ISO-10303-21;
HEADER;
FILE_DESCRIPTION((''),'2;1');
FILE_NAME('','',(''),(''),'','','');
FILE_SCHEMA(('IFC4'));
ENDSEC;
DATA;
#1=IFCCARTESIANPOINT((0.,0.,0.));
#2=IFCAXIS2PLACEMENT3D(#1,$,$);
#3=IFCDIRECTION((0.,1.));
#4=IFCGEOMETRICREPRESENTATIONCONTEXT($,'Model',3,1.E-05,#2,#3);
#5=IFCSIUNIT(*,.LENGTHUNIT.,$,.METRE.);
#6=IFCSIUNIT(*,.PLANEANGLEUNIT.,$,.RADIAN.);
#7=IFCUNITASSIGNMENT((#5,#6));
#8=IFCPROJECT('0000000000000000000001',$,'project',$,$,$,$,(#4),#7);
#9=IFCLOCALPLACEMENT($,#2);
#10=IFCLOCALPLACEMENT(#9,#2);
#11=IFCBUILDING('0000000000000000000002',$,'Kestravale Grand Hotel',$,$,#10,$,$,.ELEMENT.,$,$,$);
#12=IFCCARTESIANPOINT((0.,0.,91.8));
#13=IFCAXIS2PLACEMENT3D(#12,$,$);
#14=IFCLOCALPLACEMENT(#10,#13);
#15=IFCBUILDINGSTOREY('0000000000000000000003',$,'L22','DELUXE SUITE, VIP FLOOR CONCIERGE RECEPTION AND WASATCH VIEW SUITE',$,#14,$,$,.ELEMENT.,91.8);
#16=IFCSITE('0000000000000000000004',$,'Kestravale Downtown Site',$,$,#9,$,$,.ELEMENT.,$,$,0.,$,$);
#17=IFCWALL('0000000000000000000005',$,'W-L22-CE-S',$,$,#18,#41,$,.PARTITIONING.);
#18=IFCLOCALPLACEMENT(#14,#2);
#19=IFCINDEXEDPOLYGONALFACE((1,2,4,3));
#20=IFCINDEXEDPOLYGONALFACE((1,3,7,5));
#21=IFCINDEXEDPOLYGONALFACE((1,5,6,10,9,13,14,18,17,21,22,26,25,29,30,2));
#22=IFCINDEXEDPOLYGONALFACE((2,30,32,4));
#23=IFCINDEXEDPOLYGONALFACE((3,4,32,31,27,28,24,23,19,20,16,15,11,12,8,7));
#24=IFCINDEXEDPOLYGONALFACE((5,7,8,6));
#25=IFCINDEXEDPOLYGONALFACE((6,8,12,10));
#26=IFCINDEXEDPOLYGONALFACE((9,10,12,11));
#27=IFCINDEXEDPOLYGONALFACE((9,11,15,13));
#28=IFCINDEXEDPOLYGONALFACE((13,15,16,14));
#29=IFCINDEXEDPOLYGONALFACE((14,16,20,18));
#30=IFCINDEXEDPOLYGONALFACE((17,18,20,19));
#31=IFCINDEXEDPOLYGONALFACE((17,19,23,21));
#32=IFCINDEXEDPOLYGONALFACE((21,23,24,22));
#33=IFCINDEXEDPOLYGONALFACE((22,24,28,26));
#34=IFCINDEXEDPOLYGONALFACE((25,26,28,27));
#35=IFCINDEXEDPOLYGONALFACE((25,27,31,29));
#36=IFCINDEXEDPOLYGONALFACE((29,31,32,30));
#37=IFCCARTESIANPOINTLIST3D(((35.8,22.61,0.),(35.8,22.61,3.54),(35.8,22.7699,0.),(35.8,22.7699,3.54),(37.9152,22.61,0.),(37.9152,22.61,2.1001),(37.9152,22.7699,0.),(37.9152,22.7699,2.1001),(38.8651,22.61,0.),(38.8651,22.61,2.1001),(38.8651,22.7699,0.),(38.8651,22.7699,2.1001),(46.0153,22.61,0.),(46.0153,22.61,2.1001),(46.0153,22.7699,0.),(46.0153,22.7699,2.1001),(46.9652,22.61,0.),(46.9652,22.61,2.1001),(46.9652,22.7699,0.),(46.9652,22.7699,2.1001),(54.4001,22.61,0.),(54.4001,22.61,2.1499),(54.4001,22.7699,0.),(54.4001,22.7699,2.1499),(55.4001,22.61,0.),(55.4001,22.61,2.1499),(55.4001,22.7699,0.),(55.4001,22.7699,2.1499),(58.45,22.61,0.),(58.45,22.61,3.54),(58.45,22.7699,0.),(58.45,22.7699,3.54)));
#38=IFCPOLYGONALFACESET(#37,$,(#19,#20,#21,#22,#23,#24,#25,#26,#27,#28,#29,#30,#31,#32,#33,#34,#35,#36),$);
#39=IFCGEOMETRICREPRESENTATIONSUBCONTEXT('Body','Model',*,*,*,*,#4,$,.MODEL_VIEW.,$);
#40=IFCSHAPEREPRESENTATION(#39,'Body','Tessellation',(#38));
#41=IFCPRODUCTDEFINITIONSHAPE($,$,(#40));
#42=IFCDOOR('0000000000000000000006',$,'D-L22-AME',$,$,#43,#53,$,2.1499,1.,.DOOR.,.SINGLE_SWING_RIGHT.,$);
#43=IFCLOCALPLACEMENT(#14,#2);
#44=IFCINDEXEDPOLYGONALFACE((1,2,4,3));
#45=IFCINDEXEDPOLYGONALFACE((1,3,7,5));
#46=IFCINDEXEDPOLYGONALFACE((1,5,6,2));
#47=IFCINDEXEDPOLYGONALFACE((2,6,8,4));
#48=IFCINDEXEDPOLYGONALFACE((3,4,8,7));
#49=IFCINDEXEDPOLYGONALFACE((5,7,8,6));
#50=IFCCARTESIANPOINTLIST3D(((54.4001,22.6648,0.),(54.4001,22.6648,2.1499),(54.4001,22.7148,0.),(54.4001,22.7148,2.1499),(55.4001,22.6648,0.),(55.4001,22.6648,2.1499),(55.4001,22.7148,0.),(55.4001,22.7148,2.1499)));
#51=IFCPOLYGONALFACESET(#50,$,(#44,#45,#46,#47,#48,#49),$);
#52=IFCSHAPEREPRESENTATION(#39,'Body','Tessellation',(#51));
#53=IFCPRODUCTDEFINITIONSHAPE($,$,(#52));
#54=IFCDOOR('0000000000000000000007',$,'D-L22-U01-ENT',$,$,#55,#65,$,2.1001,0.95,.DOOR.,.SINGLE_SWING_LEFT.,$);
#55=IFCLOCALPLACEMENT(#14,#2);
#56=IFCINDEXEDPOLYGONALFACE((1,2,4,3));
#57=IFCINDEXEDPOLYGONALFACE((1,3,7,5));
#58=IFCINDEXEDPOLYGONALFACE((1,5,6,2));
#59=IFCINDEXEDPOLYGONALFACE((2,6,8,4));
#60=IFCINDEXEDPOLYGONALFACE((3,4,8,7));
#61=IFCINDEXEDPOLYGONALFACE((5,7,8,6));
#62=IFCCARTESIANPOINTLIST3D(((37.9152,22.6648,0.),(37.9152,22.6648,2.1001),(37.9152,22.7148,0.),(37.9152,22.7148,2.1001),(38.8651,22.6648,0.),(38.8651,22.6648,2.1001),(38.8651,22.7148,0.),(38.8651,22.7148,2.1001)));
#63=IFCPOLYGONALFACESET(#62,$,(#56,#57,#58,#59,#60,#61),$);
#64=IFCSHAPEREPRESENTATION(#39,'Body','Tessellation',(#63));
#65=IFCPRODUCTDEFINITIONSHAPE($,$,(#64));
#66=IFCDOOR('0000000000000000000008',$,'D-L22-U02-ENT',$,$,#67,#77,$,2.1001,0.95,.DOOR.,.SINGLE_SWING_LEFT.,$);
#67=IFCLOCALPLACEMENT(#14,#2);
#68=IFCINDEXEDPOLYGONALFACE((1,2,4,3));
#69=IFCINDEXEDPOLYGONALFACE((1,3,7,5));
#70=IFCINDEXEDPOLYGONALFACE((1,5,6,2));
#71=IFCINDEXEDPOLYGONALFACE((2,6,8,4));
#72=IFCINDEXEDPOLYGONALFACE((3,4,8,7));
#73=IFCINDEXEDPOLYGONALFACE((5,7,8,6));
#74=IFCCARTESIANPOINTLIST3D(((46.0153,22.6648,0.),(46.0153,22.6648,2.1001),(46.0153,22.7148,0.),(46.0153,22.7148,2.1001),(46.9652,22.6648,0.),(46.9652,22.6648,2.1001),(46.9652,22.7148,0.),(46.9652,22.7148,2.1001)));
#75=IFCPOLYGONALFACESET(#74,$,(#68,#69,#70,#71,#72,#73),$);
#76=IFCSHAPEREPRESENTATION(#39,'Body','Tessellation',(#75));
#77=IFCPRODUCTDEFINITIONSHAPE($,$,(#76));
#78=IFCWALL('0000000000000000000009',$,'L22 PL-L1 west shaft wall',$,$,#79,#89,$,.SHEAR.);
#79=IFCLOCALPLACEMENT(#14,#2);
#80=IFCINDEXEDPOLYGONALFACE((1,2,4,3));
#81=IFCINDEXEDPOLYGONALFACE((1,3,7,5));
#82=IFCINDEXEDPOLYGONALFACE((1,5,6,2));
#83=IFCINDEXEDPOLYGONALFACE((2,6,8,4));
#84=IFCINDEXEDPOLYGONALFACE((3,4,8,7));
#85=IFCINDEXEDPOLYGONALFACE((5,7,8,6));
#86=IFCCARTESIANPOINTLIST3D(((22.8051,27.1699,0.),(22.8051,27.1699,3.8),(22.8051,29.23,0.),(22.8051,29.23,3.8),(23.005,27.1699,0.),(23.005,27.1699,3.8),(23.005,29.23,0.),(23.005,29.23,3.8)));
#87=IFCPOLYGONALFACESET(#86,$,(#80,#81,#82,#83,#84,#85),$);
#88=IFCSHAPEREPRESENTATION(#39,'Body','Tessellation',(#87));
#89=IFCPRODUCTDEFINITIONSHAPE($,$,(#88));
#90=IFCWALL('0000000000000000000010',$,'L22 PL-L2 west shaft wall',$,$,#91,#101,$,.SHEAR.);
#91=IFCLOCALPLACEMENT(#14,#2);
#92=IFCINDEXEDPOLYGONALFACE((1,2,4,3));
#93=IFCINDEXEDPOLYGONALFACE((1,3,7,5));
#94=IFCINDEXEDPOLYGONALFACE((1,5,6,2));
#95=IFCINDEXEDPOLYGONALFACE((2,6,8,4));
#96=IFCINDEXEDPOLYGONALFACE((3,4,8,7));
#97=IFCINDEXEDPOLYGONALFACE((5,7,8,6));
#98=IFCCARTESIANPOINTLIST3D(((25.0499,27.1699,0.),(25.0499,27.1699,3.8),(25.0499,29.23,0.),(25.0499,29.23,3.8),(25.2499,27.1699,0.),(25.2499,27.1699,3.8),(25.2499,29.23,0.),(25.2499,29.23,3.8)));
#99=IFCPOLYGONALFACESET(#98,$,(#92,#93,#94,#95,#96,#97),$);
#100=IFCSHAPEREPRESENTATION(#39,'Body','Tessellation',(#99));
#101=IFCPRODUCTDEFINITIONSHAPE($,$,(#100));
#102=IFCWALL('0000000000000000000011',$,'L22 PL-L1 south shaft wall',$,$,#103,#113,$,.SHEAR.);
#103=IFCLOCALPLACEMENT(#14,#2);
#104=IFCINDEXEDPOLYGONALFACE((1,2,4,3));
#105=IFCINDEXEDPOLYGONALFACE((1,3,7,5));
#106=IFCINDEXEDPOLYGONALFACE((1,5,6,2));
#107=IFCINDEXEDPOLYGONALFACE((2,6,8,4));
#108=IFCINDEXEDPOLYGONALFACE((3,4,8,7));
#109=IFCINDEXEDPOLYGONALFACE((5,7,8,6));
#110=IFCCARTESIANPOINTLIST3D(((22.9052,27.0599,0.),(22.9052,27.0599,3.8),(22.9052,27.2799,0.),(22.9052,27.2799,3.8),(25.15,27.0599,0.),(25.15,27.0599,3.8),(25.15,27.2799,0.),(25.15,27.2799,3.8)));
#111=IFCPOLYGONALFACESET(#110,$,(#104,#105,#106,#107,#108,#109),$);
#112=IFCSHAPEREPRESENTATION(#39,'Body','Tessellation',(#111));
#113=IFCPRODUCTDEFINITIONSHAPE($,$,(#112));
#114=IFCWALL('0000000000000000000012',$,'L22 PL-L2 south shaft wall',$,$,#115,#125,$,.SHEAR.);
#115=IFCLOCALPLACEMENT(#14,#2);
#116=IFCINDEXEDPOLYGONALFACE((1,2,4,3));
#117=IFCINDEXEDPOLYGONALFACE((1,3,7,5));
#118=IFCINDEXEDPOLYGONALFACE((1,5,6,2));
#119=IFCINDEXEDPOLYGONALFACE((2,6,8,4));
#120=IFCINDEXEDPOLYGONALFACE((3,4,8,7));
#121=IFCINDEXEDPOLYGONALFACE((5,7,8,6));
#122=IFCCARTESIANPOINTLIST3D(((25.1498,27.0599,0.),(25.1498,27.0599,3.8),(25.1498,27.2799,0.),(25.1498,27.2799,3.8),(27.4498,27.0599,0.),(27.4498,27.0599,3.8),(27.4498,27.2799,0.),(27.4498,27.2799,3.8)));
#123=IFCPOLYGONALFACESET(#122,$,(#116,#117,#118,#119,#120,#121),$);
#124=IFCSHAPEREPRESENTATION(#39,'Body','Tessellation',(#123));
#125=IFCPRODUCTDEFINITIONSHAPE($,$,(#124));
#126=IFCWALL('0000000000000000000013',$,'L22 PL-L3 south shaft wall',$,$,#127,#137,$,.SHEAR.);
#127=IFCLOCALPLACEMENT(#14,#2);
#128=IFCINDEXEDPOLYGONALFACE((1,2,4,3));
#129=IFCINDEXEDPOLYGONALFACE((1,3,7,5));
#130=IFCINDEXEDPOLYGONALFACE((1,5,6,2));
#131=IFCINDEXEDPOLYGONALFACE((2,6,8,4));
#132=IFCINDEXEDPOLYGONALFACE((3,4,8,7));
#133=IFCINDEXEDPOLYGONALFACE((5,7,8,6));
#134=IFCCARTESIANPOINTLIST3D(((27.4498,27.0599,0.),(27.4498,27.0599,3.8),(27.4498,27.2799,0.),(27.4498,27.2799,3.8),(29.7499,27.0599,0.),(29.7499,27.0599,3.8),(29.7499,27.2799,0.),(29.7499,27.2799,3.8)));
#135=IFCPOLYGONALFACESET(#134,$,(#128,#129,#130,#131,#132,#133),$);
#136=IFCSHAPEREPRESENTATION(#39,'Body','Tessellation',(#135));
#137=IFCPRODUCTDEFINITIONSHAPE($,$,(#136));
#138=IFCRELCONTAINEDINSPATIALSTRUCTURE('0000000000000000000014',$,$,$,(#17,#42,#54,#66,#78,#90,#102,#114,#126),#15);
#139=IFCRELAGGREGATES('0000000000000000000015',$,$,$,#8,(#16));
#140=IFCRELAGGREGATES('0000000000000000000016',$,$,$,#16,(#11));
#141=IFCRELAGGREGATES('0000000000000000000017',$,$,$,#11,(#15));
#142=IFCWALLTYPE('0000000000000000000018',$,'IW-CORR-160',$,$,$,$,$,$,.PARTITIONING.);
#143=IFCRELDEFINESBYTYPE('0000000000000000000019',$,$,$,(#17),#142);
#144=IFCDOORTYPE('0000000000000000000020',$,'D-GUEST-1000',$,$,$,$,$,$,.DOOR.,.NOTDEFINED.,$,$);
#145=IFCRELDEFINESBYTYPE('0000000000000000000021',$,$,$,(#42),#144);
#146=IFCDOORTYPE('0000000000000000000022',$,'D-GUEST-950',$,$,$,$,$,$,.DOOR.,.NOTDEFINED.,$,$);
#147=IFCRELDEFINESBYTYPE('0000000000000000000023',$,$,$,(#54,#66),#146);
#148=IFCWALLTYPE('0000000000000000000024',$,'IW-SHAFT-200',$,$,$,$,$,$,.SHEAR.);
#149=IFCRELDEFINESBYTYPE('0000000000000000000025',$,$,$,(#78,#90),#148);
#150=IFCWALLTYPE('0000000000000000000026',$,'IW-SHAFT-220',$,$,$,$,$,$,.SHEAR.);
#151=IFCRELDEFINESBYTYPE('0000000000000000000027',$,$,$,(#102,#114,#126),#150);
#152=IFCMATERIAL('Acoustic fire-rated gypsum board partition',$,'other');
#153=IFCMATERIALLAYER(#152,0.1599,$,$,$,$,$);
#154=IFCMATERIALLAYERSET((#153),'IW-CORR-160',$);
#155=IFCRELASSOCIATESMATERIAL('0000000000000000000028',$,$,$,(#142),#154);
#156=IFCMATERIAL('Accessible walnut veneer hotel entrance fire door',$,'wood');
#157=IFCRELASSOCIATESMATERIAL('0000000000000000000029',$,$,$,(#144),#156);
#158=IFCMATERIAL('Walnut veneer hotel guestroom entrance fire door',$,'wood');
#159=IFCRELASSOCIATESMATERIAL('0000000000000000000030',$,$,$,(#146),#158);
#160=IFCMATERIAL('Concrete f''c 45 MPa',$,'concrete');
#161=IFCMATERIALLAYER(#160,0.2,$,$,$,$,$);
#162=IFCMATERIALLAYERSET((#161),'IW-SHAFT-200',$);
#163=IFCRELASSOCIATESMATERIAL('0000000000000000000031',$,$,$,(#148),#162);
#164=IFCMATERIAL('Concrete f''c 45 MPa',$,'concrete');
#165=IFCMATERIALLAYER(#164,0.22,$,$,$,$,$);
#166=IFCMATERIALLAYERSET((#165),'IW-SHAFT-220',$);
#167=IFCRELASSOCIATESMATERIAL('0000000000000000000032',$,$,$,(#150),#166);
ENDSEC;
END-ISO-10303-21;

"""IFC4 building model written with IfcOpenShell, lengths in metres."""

from ifc_helpers import new_model, si_unit, direction, frame, frame_2d, origin, place, context, subcontext, project, spatial, rectangle, extrude, material, layer, layer_set, type_object, element, fill, save


model = new_model("IFC4")

# Units and contexts
model_context = context("Model", 3, precision=1e-05, world=origin(), true_north=direction((0.0, 1.0)))
body_context = subcontext(model_context, "Body", "Model", "MODEL_VIEW")
ifc_project = project(units=[si_unit("LENGTHUNIT", "METRE"), si_unit("PLANEANGLEUNIT", "RADIAN")], contexts=[model_context])

# Site, building, storey
site_placement = place(None, origin())
site = spatial("IfcSite", under=ifc_project, at=site_placement, Name="Kestravale Downtown Site", CompositionType="ELEMENT", RefElevation=0.0)
building_placement = place(site_placement, origin())
building = spatial("IfcBuilding", under=site, at=building_placement, Name="Kestravale Grand Hotel", CompositionType="ELEMENT")
storey_placement = place(building_placement, frame((0.0, 0.0, 91.8)))
storey = spatial("IfcBuildingStorey", under=building, at=storey_placement, Name="L22", Description="DELUXE SUITE, VIP FLOOR CONCIERGE RECEPTION AND WASATCH VIEW SUITE", CompositionType="ELEMENT", Elevation=91.8)

# Shared definitions
ifc_material_1 = material(Name="Acoustic fire-rated gypsum board partition", Category="other")
ifc_layer_1 = layer(ifc_material_1, 0.1599)
ifc_layer_set_1 = layer_set([ifc_layer_1], Name="IW-CORR-160")
wall_type_1 = type_object("IfcWallType", Name="IW-CORR-160", PredefinedType="PARTITIONING", material=ifc_layer_set_1)

# Wall, openings, doors
wall_1_placement = place(storey_placement, frame((35.8, 22.6899, 0.0), z_axis=(0.0, 0.0, 1.0), x_axis=(1.0, 0.0, 0.0)))
wall_1 = element("IfcWall", 1, at=wall_1_placement, inside=storey, type_object=wall_type_1, Name="W-L22-CE-S", PredefinedType="PARTITIONING", context=body_context, shape_type="SweptSolid", body=[
    extrude(rectangle(XDim=22.6499, YDim=0.1599, at=frame_2d((11.325, 0.0))), origin(), (0.0, 0.0, 1.0), 3.54),
])
opening_1_placement = place(wall_1_placement, frame((2.115, 0.0, 0.0)))
opening_1 = element("IfcOpeningElement", 2, at=opening_1_placement, cuts=wall_1, PredefinedType="OPENING", context=body_context, shape_type="SweptSolid", body=[
    extrude(rectangle(XDim=0.95, YDim=2.1001, at=frame_2d((0.4751, 1.05))), frame((0.0, 0.0898, 0.0), z_axis=(0.0, -1.0, 0.0), x_axis=(1.0, 0.0, 0.0)), (0.0, 0.0, 1.0), 0.1799),
])
opening_2_placement = place(wall_1_placement, frame((10.2151, 0.0, 0.0)))
opening_2 = element("IfcOpeningElement", 3, at=opening_2_placement, cuts=wall_1, PredefinedType="OPENING", context=body_context, shape_type="SweptSolid", body=[
    extrude(rectangle(XDim=0.95, YDim=2.1001, at=frame_2d((0.4751, 1.05))), frame((0.0, 0.0898, 0.0), z_axis=(0.0, -1.0, 0.0), x_axis=(1.0, 0.0, 0.0)), (0.0, 0.0, 1.0), 0.1799),
])
opening_3_placement = place(wall_1_placement, frame((18.6001, 0.0, 0.0)))
opening_3 = element("IfcOpeningElement", 4, at=opening_3_placement, cuts=wall_1, PredefinedType="OPENING", context=body_context, shape_type="SweptSolid", body=[
    extrude(rectangle(XDim=1.0, YDim=2.1499, at=frame_2d((0.5, 1.075))), frame((0.0, 0.0898, 0.0), z_axis=(0.0, -1.0, 0.0), x_axis=(1.0, 0.0, 0.0)), (0.0, 0.0, 1.0), 0.1799),
])
ifc_material_2 = material(Name="Accessible walnut veneer hotel entrance fire door", Category="wood")
door_type_1 = type_object("IfcDoorType", Name="D-GUEST-1000", OperationType="NOTDEFINED", PredefinedType="DOOR", material=ifc_material_2)
door_1_placement = place(opening_3_placement, origin())
door_1 = element("IfcDoor", 5, at=door_1_placement, inside=storey, type_object=door_type_1, Name="D-L22-AME", OperationType="SINGLE_SWING_RIGHT", OverallHeight=2.1499, OverallWidth=1.0, PredefinedType="DOOR", context=body_context, shape_type="SweptSolid", body=[
    extrude(rectangle(XDim=1.0, YDim=2.1499, at=frame_2d((0.5, 1.075))), frame((0.0, 0.0249, 0.0), z_axis=(0.0, -1.0, 0.0), x_axis=(1.0, 0.0, 0.0)), (0.0, 0.0, 1.0), 0.05),
])
fill(opening_3, door_1)
ifc_material_3 = material(Name="Walnut veneer hotel guestroom entrance fire door", Category="wood")
door_type_2 = type_object("IfcDoorType", Name="D-GUEST-950", OperationType="NOTDEFINED", PredefinedType="DOOR", material=ifc_material_3)
door_2_placement = place(opening_1_placement, origin())
door_2 = element("IfcDoor", 6, at=door_2_placement, inside=storey, type_object=door_type_2, Name="D-L22-U01-ENT", OperationType="SINGLE_SWING_LEFT", OverallHeight=2.1001, OverallWidth=0.95, PredefinedType="DOOR", context=body_context, shape_type="SweptSolid", body=[
    extrude(rectangle(XDim=0.95, YDim=2.1001, at=frame_2d((0.4751, 1.05))), frame((0.0, 0.0249, 0.0), z_axis=(0.0, -1.0, 0.0), x_axis=(1.0, 0.0, 0.0)), (0.0, 0.0, 1.0), 0.05),
])
fill(opening_1, door_2)
door_3_placement = place(opening_2_placement, origin())
door_3 = element("IfcDoor", 7, at=door_3_placement, inside=storey, type_object=door_type_2, Name="D-L22-U02-ENT", OperationType="SINGLE_SWING_LEFT", OverallHeight=2.1001, OverallWidth=0.95, PredefinedType="DOOR", context=body_context, shape_type="SweptSolid", body=[
    extrude(rectangle(XDim=0.95, YDim=2.1001, at=frame_2d((0.4751, 1.05))), frame((0.0, 0.0249, 0.0), z_axis=(0.0, -1.0, 0.0), x_axis=(1.0, 0.0, 0.0)), (0.0, 0.0, 1.0), 0.05),
])
fill(opening_2, door_3)

# Walls
ifc_material_4 = material(Name="Concrete f'c 45 MPa", Category="concrete")
ifc_layer_2 = layer(ifc_material_4, 0.2)
ifc_layer_set_2 = layer_set([ifc_layer_2], Name="IW-SHAFT-200")
wall_type_2 = type_object("IfcWallType", Name="IW-SHAFT-200", PredefinedType="SHEAR", material=ifc_layer_set_2)
for number, where, z_axis, x_axis, name in (
    (8, (22.905, 27.1699, 0.0), (0.0, 0.0, 1.0), (0.0, 1.0, 0.0), "L22 PL-L1 west shaft wall"),
    (9, (25.1499, 27.1699, 0.0), (0.0, 0.0, 1.0), (0.0, 1.0, 0.0), "L22 PL-L2 west shaft wall"),
):
    element("IfcWall", number, at=place(storey_placement, frame(where, z_axis=z_axis, x_axis=x_axis)), inside=storey, type_object=wall_type_2, Name=name, PredefinedType="SHEAR", context=body_context, shape_type="SweptSolid", body=[
        extrude(rectangle(XDim=2.0601, YDim=0.2, at=frame_2d((1.03, 0.0))), origin(), (0.0, 0.0, 1.0), 3.8),
    ])
ifc_material_5 = material(Name="Concrete f'c 45 MPa", Category="concrete")
ifc_layer_3 = layer(ifc_material_5, 0.22)
ifc_layer_set_3 = layer_set([ifc_layer_3], Name="IW-SHAFT-220")
wall_type_3 = type_object("IfcWallType", Name="IW-SHAFT-220", PredefinedType="SHEAR", material=ifc_layer_set_3)
wall_2_placement = place(storey_placement, frame((22.905, 27.1699, 0.0), z_axis=(0.0, 0.0, 1.0), x_axis=(1.0, 0.0, 0.0)))
element("IfcWall", 10, at=wall_2_placement, inside=storey, type_object=wall_type_3, Name="L22 PL-L1 south shaft wall", PredefinedType="SHEAR", context=body_context, shape_type="SweptSolid", body=[
    extrude(rectangle(XDim=2.2449, YDim=0.22, at=frame_2d((1.1226, 0.0))), origin(), (0.0, 0.0, 1.0), 3.8),
])
for number, where, z_axis, x_axis, name in (
    (11, (25.1499, 27.1699, 0.0), (0.0, 0.0, 1.0), (1.0, 0.0, 0.0), "L22 PL-L2 south shaft wall"),
    (12, (27.45, 27.1699, 0.0), (0.0, 0.0, 1.0), (1.0, 0.0, 0.0), "L22 PL-L3 south shaft wall"),
):
    element("IfcWall", number, at=place(storey_placement, frame(where, z_axis=z_axis, x_axis=x_axis)), inside=storey, type_object=wall_type_3, Name=name, PredefinedType="SHEAR", context=body_context, shape_type="SweptSolid", body=[
        extrude(rectangle(XDim=2.3, YDim=0.22, at=frame_2d((1.1499, 0.0))), origin(), (0.0, 0.0, 1.0), 3.8),
    ])

save(model, "model.ifc")
